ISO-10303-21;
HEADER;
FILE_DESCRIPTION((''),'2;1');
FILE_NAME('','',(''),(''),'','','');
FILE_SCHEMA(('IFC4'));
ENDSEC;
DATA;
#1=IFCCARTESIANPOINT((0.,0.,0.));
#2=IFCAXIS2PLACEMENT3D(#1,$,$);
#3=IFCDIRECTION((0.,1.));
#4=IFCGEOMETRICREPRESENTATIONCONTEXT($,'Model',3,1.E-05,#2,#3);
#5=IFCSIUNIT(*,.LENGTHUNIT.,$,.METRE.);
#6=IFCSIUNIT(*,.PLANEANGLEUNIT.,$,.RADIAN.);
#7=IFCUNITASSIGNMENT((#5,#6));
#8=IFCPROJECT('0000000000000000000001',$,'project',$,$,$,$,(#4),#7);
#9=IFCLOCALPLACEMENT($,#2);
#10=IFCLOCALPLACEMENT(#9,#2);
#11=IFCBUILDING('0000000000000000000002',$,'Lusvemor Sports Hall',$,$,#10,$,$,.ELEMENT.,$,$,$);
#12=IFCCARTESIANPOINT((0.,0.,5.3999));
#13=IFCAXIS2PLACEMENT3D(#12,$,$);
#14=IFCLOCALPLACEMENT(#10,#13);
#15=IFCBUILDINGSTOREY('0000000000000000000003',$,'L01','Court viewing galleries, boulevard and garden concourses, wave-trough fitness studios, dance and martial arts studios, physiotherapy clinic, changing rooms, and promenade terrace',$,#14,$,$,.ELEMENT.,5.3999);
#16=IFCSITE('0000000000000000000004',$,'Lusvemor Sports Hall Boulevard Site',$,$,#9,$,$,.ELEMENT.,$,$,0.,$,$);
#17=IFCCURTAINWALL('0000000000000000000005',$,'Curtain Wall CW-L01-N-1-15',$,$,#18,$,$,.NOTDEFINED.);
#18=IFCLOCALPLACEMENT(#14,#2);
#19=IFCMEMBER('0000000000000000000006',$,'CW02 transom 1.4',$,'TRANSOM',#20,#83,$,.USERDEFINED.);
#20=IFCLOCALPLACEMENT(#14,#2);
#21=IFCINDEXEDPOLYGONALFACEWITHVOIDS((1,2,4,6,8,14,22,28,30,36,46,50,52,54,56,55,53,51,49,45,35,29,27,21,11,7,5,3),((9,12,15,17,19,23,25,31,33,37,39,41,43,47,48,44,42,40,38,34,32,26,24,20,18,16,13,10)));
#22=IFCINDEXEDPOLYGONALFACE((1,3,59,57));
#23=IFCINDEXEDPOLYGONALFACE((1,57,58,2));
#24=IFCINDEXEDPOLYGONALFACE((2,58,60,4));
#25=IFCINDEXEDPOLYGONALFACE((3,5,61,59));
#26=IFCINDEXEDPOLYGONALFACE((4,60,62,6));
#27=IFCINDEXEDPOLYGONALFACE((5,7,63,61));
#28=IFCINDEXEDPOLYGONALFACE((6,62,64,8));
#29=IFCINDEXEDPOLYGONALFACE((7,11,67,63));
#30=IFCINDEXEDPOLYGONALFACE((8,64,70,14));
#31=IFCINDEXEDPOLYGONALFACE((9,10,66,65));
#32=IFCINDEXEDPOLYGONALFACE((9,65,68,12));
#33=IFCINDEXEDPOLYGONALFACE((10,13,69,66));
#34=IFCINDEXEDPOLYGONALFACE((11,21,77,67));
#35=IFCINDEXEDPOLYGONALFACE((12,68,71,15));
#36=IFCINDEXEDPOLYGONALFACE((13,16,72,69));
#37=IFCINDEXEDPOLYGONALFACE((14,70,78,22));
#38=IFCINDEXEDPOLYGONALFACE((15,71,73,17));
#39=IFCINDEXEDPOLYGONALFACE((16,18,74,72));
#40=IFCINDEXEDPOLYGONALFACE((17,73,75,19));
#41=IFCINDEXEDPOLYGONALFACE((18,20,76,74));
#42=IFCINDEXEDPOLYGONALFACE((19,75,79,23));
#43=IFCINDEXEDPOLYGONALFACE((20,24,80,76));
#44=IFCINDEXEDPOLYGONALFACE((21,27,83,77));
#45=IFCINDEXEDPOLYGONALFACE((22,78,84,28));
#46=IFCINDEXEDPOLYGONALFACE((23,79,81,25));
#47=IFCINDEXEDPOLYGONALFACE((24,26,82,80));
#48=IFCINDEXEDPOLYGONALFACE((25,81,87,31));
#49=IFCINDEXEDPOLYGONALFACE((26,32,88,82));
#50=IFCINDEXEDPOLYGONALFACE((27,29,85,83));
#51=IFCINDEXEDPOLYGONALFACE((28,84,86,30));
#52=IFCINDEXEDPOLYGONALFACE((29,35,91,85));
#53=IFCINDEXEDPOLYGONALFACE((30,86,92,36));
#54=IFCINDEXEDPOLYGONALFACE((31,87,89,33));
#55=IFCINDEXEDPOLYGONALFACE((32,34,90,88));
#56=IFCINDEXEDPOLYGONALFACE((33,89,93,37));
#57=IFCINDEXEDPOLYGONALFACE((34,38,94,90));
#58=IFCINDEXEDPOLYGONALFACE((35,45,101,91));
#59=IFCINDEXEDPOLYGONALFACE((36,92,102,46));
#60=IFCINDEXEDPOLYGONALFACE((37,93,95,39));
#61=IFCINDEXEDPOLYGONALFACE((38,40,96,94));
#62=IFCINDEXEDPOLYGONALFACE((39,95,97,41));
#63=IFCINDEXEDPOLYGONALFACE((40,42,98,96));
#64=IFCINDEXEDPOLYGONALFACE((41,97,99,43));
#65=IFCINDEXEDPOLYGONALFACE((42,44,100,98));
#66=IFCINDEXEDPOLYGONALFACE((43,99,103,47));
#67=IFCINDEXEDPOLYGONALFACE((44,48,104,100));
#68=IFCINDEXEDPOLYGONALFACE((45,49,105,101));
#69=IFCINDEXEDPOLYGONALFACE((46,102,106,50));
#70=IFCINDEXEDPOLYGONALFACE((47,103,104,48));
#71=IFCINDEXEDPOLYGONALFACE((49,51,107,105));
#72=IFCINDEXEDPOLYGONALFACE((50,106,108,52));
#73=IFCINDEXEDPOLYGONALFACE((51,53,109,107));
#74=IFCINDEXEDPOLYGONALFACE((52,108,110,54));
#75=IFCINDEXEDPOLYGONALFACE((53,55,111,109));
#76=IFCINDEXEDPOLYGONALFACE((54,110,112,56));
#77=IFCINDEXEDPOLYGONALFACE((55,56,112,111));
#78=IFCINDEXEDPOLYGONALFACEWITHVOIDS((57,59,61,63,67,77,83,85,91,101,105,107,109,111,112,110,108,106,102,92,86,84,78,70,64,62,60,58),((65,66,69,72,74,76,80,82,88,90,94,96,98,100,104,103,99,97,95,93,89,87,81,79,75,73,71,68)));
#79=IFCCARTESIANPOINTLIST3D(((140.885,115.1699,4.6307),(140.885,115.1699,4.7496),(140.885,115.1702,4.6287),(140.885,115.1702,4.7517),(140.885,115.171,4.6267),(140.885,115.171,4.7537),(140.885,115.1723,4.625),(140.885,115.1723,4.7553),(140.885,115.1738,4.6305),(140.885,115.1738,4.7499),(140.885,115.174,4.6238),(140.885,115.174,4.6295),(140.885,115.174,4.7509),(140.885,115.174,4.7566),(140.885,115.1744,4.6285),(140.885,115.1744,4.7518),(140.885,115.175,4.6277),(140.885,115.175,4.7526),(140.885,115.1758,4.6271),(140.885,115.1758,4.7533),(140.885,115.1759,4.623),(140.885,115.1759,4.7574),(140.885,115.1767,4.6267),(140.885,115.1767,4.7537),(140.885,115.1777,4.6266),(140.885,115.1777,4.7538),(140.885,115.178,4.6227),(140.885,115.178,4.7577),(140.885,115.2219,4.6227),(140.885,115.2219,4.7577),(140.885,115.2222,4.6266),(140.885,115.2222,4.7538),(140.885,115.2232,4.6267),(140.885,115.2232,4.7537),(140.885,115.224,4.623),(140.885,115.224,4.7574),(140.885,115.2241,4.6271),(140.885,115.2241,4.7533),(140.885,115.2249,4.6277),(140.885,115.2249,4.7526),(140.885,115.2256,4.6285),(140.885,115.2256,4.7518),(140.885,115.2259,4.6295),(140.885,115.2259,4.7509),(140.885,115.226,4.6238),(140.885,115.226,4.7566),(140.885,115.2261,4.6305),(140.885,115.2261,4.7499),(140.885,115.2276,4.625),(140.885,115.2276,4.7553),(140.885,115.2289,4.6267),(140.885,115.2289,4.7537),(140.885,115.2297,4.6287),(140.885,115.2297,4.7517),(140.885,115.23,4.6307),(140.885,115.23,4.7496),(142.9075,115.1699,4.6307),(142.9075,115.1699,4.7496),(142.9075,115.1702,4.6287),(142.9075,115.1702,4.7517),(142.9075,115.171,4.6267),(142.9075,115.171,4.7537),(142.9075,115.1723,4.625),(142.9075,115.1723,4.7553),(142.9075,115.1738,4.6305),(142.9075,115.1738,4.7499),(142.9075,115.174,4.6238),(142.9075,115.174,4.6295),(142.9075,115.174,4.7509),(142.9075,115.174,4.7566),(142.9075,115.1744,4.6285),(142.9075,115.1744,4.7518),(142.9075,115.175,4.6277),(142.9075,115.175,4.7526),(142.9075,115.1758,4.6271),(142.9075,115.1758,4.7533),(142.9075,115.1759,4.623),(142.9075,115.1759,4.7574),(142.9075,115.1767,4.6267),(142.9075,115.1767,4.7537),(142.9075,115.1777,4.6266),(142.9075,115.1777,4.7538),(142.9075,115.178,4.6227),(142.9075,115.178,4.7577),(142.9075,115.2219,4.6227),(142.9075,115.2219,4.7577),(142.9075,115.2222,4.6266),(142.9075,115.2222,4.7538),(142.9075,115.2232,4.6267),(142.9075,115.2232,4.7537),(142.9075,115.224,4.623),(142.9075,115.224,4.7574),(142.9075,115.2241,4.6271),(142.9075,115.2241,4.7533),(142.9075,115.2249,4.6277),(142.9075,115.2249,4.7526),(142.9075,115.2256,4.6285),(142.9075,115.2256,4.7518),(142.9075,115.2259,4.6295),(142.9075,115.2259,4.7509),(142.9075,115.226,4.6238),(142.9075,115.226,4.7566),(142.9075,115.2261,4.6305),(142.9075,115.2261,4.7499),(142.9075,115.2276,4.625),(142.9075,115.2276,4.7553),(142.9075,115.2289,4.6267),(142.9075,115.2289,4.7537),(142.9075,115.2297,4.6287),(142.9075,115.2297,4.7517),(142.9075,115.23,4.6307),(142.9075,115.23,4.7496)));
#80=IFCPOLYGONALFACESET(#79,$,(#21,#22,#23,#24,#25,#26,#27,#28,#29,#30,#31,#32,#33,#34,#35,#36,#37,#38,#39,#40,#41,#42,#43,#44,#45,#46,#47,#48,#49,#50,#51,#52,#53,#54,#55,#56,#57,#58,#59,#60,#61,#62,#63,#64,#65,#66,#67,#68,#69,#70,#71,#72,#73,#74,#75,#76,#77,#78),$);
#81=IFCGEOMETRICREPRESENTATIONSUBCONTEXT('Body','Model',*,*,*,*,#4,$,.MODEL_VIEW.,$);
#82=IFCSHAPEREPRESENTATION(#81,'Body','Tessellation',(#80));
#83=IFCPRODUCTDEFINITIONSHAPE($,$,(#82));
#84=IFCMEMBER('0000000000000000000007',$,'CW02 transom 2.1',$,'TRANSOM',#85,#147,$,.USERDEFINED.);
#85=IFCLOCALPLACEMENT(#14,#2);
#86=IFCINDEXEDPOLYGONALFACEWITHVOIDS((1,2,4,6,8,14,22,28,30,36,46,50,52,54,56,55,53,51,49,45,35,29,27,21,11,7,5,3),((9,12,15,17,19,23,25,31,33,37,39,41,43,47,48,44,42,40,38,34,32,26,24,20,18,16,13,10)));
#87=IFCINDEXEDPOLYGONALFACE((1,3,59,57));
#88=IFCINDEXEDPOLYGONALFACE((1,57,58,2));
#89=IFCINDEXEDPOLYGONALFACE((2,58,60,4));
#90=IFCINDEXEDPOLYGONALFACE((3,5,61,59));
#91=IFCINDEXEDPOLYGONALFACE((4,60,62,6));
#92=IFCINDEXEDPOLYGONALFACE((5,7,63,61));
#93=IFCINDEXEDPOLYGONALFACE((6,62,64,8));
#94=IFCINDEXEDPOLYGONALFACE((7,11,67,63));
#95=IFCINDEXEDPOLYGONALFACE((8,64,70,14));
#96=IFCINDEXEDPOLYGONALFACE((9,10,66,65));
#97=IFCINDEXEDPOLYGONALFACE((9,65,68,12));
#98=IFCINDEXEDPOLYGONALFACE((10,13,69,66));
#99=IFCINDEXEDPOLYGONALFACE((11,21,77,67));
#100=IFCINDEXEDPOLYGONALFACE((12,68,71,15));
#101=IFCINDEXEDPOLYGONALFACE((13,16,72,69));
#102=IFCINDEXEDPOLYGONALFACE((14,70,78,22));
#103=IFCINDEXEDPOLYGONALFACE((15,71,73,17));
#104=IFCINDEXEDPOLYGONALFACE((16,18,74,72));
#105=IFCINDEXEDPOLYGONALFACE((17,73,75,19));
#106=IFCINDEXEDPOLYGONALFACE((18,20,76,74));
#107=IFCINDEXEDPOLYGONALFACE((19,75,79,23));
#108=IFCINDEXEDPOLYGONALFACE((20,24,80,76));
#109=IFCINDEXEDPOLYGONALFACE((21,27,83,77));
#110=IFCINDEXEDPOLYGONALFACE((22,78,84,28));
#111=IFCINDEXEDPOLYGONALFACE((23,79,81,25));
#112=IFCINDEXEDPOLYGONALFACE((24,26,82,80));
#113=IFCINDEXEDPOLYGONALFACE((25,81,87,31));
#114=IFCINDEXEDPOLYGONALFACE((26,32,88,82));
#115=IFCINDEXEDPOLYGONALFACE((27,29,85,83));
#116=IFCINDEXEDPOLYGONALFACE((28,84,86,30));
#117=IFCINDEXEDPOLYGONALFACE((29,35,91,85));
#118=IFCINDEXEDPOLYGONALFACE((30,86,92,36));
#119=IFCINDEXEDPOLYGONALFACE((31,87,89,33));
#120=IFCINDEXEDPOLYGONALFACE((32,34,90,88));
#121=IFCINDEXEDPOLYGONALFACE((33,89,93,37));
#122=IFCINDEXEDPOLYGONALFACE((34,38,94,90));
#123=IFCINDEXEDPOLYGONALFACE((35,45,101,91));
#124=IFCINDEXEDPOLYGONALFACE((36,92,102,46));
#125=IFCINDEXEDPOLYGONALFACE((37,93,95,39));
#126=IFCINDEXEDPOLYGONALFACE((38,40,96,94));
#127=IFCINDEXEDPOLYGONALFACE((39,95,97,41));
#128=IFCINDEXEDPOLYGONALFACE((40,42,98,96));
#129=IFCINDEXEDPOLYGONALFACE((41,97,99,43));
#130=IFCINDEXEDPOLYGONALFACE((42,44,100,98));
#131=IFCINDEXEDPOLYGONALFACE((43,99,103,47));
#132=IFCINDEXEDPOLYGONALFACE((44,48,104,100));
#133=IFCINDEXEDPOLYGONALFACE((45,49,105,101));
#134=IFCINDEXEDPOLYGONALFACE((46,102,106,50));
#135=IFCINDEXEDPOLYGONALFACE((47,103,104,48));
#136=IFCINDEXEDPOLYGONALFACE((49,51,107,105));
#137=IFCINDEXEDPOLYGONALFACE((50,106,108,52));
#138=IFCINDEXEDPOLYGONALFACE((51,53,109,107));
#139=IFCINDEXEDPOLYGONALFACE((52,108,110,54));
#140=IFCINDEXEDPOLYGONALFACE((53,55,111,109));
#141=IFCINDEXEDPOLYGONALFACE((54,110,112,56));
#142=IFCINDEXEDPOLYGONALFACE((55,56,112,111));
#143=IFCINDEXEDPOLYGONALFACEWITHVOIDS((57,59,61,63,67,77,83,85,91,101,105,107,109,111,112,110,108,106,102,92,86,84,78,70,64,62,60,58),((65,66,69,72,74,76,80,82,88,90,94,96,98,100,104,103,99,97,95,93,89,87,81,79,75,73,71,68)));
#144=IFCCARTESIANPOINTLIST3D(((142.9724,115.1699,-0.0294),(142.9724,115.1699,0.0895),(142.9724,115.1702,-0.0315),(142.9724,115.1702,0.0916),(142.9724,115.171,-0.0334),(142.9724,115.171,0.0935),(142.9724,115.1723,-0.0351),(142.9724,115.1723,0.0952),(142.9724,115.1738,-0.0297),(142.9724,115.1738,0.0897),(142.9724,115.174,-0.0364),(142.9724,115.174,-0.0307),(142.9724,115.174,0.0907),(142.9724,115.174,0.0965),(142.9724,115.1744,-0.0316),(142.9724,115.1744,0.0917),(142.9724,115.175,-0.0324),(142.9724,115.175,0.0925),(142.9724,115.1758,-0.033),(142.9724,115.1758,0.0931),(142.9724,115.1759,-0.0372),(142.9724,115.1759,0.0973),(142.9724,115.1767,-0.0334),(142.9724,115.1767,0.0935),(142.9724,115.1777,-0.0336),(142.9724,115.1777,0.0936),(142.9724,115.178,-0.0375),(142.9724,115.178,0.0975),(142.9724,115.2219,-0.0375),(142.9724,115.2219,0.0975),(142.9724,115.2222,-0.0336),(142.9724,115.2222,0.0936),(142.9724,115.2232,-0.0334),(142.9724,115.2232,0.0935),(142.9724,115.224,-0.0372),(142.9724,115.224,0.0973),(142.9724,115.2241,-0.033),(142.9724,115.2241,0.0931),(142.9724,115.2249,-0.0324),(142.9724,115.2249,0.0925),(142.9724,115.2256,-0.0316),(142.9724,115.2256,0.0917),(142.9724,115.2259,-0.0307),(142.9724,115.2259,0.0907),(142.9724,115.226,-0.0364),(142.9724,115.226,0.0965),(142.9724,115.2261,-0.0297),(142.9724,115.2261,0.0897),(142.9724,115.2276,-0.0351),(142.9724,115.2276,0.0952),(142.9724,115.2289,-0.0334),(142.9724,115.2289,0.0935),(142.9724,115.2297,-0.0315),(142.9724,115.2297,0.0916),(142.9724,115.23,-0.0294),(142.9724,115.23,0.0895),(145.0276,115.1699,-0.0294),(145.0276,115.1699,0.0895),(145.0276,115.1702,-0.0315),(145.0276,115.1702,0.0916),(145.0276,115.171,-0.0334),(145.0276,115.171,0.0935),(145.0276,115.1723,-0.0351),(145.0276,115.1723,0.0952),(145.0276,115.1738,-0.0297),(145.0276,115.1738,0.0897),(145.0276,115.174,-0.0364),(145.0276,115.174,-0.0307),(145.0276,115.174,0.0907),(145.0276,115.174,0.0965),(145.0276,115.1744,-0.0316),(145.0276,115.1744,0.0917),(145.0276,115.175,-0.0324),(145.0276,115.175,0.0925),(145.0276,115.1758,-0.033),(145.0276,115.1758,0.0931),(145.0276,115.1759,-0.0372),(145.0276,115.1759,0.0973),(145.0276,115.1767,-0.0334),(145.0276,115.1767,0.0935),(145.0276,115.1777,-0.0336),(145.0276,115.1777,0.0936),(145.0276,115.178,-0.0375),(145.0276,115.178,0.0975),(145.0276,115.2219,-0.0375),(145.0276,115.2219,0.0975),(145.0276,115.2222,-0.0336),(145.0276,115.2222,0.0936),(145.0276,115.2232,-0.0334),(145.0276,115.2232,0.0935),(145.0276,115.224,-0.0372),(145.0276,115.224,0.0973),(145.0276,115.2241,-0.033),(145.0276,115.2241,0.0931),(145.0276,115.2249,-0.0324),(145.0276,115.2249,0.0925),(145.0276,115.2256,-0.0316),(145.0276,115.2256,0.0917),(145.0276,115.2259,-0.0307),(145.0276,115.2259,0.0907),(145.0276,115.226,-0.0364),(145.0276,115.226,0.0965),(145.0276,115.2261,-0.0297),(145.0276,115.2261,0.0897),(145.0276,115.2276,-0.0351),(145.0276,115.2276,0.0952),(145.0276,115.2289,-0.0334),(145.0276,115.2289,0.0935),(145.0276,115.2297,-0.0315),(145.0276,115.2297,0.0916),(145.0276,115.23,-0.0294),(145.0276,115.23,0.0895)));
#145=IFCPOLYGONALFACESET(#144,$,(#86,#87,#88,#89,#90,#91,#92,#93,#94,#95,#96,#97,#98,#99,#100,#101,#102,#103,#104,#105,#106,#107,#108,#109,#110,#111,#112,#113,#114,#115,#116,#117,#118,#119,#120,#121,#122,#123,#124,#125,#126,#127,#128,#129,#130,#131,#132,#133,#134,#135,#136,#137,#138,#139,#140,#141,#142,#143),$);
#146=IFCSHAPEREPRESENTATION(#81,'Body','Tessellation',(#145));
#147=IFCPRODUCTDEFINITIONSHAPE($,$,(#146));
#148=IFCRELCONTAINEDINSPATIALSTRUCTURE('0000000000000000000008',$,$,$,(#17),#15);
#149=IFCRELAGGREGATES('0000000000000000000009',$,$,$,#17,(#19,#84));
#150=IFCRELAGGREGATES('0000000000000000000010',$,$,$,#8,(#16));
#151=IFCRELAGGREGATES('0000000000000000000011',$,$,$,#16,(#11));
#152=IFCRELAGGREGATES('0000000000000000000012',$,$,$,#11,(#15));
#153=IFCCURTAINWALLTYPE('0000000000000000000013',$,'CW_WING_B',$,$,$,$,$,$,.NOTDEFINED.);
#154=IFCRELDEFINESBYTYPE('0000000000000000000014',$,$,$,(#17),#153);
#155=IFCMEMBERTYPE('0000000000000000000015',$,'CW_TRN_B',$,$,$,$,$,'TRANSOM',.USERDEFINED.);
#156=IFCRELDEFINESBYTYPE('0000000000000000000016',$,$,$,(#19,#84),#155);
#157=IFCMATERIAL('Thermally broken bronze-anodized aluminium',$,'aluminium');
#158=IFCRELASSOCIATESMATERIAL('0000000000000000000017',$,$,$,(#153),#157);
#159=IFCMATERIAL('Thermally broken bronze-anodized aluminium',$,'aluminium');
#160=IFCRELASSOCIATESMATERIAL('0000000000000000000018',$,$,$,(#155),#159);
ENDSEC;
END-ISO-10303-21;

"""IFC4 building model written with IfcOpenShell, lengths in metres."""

from ifc_helpers import new_model, si_unit, direction, frame, origin, origin_2d, place, context, subcontext, project, spatial, hollow_rectangle, extrude, material, material_profile, profile_set, type_object, element, aggregate, save


model = new_model("IFC4")

# Units and contexts
model_context = context("Model", 3, precision=1e-05, world=origin(), true_north=direction((0.0, 1.0)))
body_context = subcontext(model_context, "Body", "Model", "MODEL_VIEW")
ifc_project = project(units=[si_unit("LENGTHUNIT", "METRE"), si_unit("PLANEANGLEUNIT", "RADIAN")], contexts=[model_context])

# Site, building, storey
site_placement = place(None, origin())
site = spatial("IfcSite", under=ifc_project, at=site_placement, Name="Lusvemor Sports Hall Boulevard Site", CompositionType="ELEMENT", RefElevation=0.0)
building_placement = place(site_placement, origin())
building = spatial("IfcBuilding", under=site, at=building_placement, Name="Lusvemor Sports Hall", CompositionType="ELEMENT")
storey_placement = place(building_placement, frame((0.0, 0.0, 5.3999)))
storey = spatial("IfcBuildingStorey", under=building, at=storey_placement, Name="L01", Description="Court viewing galleries, boulevard and garden concourses, wave-trough fitness studios, dance and martial arts studios, physiotherapy clinic, changing rooms, and promenade terrace", CompositionType="ELEMENT", Elevation=5.3999)

# Curtain wall, members
ifc_material_1 = material(Name="Thermally broken bronze-anodized aluminium", Category="aluminium")
curtain_wall_type = type_object("IfcCurtainWallType", Name="CW_WING_B", PredefinedType="NOTDEFINED", material=ifc_material_1)
curtain_wall_placement = place(storey_placement, origin())
curtain_wall = element("IfcCurtainWall", 1, at=curtain_wall_placement, inside=storey, type_object=curtain_wall_type, Name="Curtain Wall CW-L01-N-1-15", PredefinedType="NOTDEFINED")
ifc_material_2 = material(Name="Thermally broken bronze-anodized aluminium", Category="aluminium")
ifc_material_profile_1 = material_profile(ifc_material_2, hollow_rectangle(XDim=0.0601, YDim=0.135, WallThickness=0.0039, InnerFilletRadius=0.0039, OuterFilletRadius=0.0081, at=origin_2d()), Name="CWTRN135x60x4")
ifc_profile_set_1 = profile_set([ifc_material_profile_1], Name="Thermally broken bronze-anodized aluminium")
member_type_1 = type_object("IfcMemberType", Name="CW_TRN_B", ElementType="TRANSOM", PredefinedType="USERDEFINED", material=ifc_profile_set_1)
member_1_placement = place(storey_placement, frame((140.885, 115.2, 4.6902), z_axis=(1.0, 0.0, 0.0), x_axis=(0.0, 1.0, 0.0)))
member_1 = element("IfcMember", 2, at=member_1_placement, type_object=member_type_1, Name="CW02 transom 1.4", ObjectType="TRANSOM", PredefinedType="USERDEFINED", context=body_context, shape_type="SweptSolid", body=[
    extrude(hollow_rectangle(XDim=0.0601, YDim=0.135, WallThickness=0.0039, InnerFilletRadius=0.0039, OuterFilletRadius=0.0081, at=origin_2d()), origin(), (0.0, 0.0, 1.0), 2.0225),
])
member_2_placement = place(storey_placement, frame((142.9724, 115.2, 0.03), z_axis=(1.0, 0.0, 0.0), x_axis=(0.0, 1.0, 0.0)))
member_2 = element("IfcMember", 3, at=member_2_placement, type_object=member_type_1, Name="CW02 transom 2.1", ObjectType="TRANSOM", PredefinedType="USERDEFINED", context=body_context, shape_type="SweptSolid", body=[
    extrude(hollow_rectangle(XDim=0.0601, YDim=0.135, WallThickness=0.0039, InnerFilletRadius=0.0039, OuterFilletRadius=0.0081, at=origin_2d()), origin(), (0.0, 0.0, 1.0), 2.0552),
])

aggregate(curtain_wall, [member_1, member_2])

save(model, "model.ifc")
